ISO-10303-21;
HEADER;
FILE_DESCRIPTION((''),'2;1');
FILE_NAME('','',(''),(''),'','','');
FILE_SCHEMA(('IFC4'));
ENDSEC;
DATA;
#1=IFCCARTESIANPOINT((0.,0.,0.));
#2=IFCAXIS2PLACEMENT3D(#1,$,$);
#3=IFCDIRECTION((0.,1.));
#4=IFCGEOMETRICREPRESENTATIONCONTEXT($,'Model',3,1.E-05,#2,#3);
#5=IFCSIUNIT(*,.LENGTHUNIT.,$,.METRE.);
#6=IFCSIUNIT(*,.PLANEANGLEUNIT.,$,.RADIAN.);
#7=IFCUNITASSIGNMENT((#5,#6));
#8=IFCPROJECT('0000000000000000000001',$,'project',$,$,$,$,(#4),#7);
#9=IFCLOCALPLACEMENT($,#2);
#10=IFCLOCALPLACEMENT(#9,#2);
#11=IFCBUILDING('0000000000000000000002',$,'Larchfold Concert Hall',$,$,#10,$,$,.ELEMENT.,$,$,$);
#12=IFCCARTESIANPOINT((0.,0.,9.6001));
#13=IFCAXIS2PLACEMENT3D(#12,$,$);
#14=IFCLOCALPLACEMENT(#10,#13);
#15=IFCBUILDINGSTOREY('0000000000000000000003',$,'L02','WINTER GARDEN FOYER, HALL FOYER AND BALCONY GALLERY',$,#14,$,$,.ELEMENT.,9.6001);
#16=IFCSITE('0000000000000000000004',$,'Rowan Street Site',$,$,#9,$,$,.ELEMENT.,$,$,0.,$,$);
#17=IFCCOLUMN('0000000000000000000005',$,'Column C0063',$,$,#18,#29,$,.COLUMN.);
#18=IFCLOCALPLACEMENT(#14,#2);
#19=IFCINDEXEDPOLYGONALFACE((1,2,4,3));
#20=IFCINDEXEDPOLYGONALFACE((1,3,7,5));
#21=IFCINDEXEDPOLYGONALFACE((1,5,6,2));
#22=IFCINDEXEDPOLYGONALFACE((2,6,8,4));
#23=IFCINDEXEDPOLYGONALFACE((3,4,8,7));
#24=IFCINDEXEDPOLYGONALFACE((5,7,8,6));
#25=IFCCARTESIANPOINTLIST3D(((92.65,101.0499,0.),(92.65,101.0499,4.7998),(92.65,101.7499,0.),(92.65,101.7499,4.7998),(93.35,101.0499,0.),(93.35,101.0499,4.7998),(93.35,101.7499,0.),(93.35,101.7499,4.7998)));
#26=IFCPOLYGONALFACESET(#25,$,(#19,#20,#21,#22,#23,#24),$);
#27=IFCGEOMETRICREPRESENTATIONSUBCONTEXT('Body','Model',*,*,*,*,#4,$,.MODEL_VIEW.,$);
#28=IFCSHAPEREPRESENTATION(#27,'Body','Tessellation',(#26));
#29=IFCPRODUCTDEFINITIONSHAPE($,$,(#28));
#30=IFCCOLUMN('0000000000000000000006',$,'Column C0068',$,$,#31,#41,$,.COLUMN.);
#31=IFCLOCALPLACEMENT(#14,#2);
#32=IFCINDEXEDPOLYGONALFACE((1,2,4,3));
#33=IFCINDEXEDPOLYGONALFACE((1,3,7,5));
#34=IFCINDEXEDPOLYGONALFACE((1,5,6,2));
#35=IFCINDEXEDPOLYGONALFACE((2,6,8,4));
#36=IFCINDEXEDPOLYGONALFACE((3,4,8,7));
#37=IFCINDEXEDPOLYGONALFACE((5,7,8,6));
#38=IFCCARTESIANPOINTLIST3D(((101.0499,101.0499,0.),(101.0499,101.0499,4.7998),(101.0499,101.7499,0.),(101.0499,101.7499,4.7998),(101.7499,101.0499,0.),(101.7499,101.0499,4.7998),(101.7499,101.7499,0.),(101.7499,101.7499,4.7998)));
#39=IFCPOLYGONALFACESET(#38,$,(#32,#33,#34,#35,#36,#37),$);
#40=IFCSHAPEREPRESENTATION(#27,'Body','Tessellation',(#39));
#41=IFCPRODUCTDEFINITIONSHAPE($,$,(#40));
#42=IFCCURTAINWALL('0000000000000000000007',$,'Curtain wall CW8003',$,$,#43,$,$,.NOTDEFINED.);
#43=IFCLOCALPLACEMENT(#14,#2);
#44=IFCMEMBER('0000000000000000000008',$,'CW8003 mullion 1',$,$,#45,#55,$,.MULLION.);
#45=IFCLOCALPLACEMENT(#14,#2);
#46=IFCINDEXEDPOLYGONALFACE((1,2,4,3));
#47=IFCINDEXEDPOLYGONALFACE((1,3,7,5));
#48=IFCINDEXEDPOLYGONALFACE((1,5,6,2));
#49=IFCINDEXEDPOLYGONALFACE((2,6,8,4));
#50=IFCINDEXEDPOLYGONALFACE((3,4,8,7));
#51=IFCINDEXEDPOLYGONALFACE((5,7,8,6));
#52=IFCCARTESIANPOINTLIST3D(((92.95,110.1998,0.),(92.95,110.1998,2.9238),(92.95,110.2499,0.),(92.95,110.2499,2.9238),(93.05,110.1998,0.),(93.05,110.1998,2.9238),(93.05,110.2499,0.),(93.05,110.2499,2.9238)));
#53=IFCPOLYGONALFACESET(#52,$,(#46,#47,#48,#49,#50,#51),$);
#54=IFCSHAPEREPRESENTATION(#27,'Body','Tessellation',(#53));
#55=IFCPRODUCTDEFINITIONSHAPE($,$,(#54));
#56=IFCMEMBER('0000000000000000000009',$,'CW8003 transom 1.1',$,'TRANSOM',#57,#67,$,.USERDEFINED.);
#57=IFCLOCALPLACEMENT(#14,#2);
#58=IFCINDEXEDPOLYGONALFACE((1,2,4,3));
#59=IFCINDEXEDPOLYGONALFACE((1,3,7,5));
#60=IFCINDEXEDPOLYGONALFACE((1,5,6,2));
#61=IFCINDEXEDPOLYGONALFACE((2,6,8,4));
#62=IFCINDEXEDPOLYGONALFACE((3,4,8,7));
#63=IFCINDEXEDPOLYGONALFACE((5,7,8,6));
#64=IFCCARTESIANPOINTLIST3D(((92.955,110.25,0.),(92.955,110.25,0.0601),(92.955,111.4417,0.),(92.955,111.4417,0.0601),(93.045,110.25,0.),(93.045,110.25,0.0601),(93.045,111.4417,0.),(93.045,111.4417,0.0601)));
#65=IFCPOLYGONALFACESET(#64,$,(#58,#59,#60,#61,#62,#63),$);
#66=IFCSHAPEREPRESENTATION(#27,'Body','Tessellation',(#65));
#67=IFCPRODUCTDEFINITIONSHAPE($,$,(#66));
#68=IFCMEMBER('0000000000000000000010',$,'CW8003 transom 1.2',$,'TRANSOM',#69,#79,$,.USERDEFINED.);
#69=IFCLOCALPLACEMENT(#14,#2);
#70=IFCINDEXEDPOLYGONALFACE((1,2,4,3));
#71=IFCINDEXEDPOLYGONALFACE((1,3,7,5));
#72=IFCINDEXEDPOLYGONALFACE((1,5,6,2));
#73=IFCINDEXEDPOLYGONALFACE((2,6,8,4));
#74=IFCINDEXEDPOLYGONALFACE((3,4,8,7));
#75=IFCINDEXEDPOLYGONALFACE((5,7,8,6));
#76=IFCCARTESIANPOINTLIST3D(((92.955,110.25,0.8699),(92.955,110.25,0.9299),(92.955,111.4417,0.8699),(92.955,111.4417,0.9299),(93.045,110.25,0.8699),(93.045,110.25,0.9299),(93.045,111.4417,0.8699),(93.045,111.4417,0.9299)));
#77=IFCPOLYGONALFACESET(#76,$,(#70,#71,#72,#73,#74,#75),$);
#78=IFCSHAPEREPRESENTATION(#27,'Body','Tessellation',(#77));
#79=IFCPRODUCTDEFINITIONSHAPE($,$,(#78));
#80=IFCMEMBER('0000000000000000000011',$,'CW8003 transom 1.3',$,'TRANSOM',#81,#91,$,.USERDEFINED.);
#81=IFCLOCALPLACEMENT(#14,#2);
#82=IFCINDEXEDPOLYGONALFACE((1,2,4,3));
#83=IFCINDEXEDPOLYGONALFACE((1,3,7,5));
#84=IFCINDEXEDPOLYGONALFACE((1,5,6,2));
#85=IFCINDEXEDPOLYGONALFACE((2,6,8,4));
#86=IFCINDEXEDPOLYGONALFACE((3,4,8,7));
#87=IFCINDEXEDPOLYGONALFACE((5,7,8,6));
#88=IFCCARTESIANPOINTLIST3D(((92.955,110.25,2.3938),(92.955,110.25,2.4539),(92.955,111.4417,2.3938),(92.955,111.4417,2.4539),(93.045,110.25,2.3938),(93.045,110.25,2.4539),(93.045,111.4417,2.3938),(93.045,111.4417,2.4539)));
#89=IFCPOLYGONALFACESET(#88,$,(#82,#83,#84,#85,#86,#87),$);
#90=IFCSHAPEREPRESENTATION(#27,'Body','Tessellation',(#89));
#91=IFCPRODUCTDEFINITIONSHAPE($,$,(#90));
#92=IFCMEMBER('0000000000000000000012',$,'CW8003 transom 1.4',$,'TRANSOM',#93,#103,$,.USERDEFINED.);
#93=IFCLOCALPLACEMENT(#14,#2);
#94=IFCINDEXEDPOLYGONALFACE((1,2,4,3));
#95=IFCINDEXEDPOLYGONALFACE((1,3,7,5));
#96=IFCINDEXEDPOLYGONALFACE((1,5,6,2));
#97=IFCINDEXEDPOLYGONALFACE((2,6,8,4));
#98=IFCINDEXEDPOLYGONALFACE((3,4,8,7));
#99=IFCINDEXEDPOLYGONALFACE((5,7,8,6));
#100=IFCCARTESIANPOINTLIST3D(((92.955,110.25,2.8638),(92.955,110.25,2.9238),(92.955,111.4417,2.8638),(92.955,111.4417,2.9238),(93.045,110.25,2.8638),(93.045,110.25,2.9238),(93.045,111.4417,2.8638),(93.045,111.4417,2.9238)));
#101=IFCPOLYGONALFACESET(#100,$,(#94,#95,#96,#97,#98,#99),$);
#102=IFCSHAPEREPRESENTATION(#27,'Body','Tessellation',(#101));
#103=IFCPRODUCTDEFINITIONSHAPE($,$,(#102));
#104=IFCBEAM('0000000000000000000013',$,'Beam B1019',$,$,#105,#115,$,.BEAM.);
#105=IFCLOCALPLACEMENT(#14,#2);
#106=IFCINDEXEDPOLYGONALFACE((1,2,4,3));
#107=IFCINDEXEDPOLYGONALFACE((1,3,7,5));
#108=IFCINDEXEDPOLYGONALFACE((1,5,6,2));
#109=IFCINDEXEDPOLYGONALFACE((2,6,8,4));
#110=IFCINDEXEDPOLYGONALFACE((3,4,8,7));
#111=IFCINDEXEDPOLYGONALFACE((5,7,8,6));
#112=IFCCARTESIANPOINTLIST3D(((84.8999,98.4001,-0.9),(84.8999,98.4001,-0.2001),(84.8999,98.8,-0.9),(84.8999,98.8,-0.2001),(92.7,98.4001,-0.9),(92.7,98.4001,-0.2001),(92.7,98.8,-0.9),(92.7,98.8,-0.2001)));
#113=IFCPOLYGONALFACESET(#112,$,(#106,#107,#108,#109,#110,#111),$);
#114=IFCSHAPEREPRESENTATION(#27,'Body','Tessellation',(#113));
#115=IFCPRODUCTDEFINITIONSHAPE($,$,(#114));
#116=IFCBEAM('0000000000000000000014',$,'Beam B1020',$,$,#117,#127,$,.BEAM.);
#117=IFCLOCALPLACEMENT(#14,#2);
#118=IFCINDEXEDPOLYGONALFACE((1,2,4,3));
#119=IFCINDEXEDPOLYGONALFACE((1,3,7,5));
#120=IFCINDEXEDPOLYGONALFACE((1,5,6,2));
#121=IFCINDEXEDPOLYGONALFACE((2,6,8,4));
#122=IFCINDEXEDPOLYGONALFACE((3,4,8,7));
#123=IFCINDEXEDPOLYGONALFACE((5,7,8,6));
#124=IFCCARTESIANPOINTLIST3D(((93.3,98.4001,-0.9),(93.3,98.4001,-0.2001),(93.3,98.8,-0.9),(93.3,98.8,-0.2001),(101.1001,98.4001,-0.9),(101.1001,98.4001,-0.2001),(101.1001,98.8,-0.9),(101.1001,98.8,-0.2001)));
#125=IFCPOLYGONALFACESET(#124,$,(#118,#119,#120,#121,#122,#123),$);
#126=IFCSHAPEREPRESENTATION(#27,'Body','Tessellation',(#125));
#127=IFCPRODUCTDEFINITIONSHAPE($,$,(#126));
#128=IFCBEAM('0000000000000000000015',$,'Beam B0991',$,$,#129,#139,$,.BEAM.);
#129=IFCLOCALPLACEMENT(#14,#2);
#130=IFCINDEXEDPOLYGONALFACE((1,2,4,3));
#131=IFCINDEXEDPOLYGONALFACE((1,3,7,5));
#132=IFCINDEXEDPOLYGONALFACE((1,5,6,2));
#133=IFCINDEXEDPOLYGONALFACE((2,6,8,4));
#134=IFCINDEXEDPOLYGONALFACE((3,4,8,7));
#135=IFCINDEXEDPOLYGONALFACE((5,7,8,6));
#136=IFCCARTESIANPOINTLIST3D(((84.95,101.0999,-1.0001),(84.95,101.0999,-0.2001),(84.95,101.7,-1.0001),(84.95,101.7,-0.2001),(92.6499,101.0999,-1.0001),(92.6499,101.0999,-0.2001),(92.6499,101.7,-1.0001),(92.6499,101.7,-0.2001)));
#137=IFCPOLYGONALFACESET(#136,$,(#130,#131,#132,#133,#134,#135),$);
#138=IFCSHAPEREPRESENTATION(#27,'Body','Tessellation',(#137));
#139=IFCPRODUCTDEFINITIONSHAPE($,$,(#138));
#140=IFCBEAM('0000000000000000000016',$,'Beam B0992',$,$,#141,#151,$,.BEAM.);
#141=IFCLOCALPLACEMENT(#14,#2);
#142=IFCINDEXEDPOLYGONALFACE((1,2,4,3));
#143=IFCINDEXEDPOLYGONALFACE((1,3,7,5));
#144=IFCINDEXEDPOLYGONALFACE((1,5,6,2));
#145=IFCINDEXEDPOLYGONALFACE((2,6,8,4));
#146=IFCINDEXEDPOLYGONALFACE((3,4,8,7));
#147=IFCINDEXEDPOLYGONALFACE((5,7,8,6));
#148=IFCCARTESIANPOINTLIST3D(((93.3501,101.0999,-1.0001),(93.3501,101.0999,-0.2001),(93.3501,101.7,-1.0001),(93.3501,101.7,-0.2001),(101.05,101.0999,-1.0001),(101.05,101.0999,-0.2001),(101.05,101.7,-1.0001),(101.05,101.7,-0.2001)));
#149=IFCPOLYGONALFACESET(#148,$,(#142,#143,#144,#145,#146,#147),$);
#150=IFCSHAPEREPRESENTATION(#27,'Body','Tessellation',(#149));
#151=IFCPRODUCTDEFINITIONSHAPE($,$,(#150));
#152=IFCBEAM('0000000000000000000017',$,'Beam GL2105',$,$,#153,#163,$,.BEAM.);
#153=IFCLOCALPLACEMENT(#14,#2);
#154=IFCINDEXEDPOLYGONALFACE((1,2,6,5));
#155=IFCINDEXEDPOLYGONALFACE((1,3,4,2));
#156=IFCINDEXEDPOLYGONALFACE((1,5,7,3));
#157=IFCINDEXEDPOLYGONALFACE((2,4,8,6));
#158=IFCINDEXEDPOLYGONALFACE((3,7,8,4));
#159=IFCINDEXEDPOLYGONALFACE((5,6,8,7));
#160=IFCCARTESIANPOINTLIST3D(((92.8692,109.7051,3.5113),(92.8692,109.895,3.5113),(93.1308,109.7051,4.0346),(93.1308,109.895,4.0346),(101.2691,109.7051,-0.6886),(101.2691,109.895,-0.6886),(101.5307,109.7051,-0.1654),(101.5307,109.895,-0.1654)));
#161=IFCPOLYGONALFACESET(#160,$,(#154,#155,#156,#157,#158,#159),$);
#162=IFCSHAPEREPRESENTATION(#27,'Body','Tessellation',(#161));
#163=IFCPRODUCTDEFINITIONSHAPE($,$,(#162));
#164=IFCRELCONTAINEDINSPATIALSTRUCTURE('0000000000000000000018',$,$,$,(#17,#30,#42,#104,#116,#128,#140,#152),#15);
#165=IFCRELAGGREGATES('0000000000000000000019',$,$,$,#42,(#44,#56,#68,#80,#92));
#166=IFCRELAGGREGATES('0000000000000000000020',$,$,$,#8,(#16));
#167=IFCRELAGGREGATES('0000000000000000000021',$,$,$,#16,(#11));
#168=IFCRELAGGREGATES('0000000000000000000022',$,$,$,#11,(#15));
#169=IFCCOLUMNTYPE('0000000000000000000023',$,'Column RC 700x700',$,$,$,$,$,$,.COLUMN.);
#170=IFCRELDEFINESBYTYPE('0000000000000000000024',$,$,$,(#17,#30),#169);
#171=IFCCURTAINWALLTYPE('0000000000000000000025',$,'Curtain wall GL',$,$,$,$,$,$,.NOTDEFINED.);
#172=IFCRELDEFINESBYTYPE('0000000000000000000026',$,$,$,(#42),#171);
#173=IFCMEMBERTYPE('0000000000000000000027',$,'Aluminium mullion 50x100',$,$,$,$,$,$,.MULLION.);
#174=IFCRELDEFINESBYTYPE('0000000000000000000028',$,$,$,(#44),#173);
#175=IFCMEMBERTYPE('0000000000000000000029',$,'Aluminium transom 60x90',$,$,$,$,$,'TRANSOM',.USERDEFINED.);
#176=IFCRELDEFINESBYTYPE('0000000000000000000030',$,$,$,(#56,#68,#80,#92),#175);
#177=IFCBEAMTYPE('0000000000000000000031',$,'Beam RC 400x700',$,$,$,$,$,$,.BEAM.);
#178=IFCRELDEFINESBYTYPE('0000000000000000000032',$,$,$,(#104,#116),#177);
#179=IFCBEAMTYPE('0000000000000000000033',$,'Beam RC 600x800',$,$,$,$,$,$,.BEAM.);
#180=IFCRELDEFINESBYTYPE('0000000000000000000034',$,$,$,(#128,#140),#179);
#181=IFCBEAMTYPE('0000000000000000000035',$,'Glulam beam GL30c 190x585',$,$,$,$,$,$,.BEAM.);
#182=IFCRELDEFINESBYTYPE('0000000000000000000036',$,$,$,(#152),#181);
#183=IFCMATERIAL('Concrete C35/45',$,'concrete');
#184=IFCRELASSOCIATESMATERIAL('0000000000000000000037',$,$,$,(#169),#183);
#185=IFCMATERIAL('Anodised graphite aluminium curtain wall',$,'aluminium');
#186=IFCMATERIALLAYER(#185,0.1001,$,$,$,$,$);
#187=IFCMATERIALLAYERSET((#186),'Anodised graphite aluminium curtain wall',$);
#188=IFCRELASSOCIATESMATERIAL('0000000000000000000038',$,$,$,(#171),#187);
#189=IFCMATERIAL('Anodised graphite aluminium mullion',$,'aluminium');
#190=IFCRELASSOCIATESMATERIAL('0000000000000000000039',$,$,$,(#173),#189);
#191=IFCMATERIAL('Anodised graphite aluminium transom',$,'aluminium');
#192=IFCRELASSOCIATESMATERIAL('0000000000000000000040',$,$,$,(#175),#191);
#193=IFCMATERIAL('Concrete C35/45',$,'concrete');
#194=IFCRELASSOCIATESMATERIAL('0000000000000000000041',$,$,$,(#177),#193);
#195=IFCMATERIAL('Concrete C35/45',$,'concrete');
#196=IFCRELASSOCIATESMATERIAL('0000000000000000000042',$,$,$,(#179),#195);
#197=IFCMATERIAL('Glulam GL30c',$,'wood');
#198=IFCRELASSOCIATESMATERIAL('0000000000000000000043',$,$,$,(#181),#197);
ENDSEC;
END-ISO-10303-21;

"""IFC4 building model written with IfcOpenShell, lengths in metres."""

from ifc_helpers import new_model, si_unit, direction, frame, origin, origin_2d, place, context, subcontext, project, spatial, rectangle, extrude, material, layer, layer_set, material_profile, profile_set, type_object, element, aggregate, save


model = new_model("IFC4")

# Units and contexts
model_context = context("Model", 3, precision=1e-05, world=origin(), true_north=direction((0.0, 1.0)))
body_context = subcontext(model_context, "Body", "Model", "MODEL_VIEW")
ifc_project = project(units=[si_unit("LENGTHUNIT", "METRE"), si_unit("PLANEANGLEUNIT", "RADIAN")], contexts=[model_context])

# Site, building, storey
site_placement = place(None, origin())
site = spatial("IfcSite", under=ifc_project, at=site_placement, Name="Rowan Street Site", CompositionType="ELEMENT", RefElevation=0.0)
building_placement = place(site_placement, origin())
building = spatial("IfcBuilding", under=site, at=building_placement, Name="Larchfold Concert Hall", CompositionType="ELEMENT")
storey_placement = place(building_placement, frame((0.0, 0.0, 9.6001)))
storey = spatial("IfcBuildingStorey", under=building, at=storey_placement, Name="L02", Description="WINTER GARDEN FOYER, HALL FOYER AND BALCONY GALLERY", CompositionType="ELEMENT", Elevation=9.6001)

# Columns
ifc_material_1 = material(Name="Concrete C35/45", Category="concrete")
ifc_material_profile_1 = material_profile(ifc_material_1, rectangle(XDim=0.7, YDim=0.7, at=origin_2d()))
ifc_profile_set_1 = profile_set([ifc_material_profile_1], Name="Concrete C35/45")
column_type = type_object("IfcColumnType", Name="Column RC 700x700", PredefinedType="COLUMN", material=ifc_profile_set_1)
for number, where, z_axis, x_axis, name in (
    (1, (93.0, 101.3999, 0.0), (0.0, 0.0, 1.0), (1.0, 0.0, 0.0), "Column C0063"),
    (2, (101.3999, 101.3999, 0.0), (0.0, 0.0, 1.0), (1.0, 0.0, 0.0), "Column C0068"),
):
    element("IfcColumn", number, at=place(storey_placement, frame(where, z_axis=z_axis, x_axis=x_axis)), inside=storey, type_object=column_type, Name=name, PredefinedType="COLUMN", context=body_context, shape_type="SweptSolid", body=[
        extrude(rectangle(XDim=0.7, YDim=0.7, at=origin_2d()), origin(), (0.0, 0.0, 1.0), 4.7998),
    ])

# Curtain wall, members
ifc_material_2 = material(Name="Anodised graphite aluminium curtain wall", Category="aluminium")
ifc_layer_1 = layer(ifc_material_2, 0.1001)
ifc_layer_set_1 = layer_set([ifc_layer_1], Name="Anodised graphite aluminium curtain wall")
curtain_wall_type = type_object("IfcCurtainWallType", Name="Curtain wall GL", PredefinedType="NOTDEFINED", material=ifc_layer_set_1)
curtain_wall_placement = place(storey_placement, origin())
curtain_wall = element("IfcCurtainWall", 3, at=curtain_wall_placement, inside=storey, type_object=curtain_wall_type, Name="Curtain wall CW8003", PredefinedType="NOTDEFINED")
ifc_material_3 = material(Name="Anodised graphite aluminium mullion", Category="aluminium")
ifc_material_profile_2 = material_profile(ifc_material_3, rectangle(XDim=0.1001, YDim=0.05, at=origin_2d()))
ifc_profile_set_2 = profile_set([ifc_material_profile_2], Name="Anodised graphite aluminium mullion")
member_type_1 = type_object("IfcMemberType", Name="Aluminium mullion 50x100", PredefinedType="MULLION", material=ifc_profile_set_2)
member_1_placement = place(storey_placement, frame((93.0, 110.2249, 0.0), z_axis=(0.0, 0.0, 1.0), x_axis=(-1.0, 0.0, 0.0)))
member_1 = element("IfcMember", 4, at=member_1_placement, type_object=member_type_1, Name="CW8003 mullion 1", PredefinedType="MULLION", context=body_context, shape_type="SweptSolid", body=[
    extrude(rectangle(XDim=0.1001, YDim=0.05, at=origin_2d()), origin(), (0.0, 0.0, 1.0), 2.9238),
])
ifc_material_4 = material(Name="Anodised graphite aluminium transom", Category="aluminium")
ifc_material_profile_3 = material_profile(ifc_material_4, rectangle(XDim=0.0901, YDim=0.0601, at=origin_2d()))
ifc_profile_set_3 = profile_set([ifc_material_profile_3], Name="Anodised graphite aluminium transom")
member_type_2 = type_object("IfcMemberType", Name="Aluminium transom 60x90", ElementType="TRANSOM", PredefinedType="USERDEFINED", material=ifc_profile_set_3)
member_2_placement = place(storey_placement, frame((93.0, 110.25, 0.03), z_axis=(0.0, 1.0, 0.0), x_axis=(-1.0, 0.0, 0.0)))
member_2 = element("IfcMember", 5, at=member_2_placement, type_object=member_type_2, Name="CW8003 transom 1.1", ObjectType="TRANSOM", PredefinedType="USERDEFINED", context=body_context, shape_type="SweptSolid", body=[
    extrude(rectangle(XDim=0.0901, YDim=0.0601, at=origin_2d()), origin(), (0.0, 0.0, 1.0), 1.1917),
])
member_3_placement = place(storey_placement, frame((93.0, 110.25, 0.8999), z_axis=(0.0, 1.0, 0.0), x_axis=(-1.0, 0.0, 0.0)))
member_3 = element("IfcMember", 6, at=member_3_placement, type_object=member_type_2, Name="CW8003 transom 1.2", ObjectType="TRANSOM", PredefinedType="USERDEFINED", context=body_context, shape_type="SweptSolid", body=[
    extrude(rectangle(XDim=0.0901, YDim=0.0601, at=origin_2d()), origin(), (0.0, 0.0, 1.0), 1.1917),
])
member_4_placement = place(storey_placement, frame((93.0, 110.25, 2.4238), z_axis=(0.0, 1.0, 0.0), x_axis=(-1.0, 0.0, 0.0)))
member_4 = element("IfcMember", 7, at=member_4_placement, type_object=member_type_2, Name="CW8003 transom 1.3", ObjectType="TRANSOM", PredefinedType="USERDEFINED", context=body_context, shape_type="SweptSolid", body=[
    extrude(rectangle(XDim=0.0901, YDim=0.0601, at=origin_2d()), origin(), (0.0, 0.0, 1.0), 1.1917),
])
member_5_placement = place(storey_placement, frame((93.0, 110.25, 2.8938), z_axis=(0.0, 1.0, 0.0), x_axis=(-1.0, 0.0, 0.0)))
member_5 = element("IfcMember", 8, at=member_5_placement, type_object=member_type_2, Name="CW8003 transom 1.4", ObjectType="TRANSOM", PredefinedType="USERDEFINED", context=body_context, shape_type="SweptSolid", body=[
    extrude(rectangle(XDim=0.0901, YDim=0.0601, at=origin_2d()), origin(), (0.0, 0.0, 1.0), 1.1917),
])

# Beams
ifc_material_5 = material(Name="Concrete C35/45", Category="concrete")
ifc_material_profile_4 = material_profile(ifc_material_5, rectangle(XDim=0.3999, YDim=0.7, at=origin_2d()))
ifc_profile_set_4 = profile_set([ifc_material_profile_4], Name="Concrete C35/45")
beam_type_1 = type_object("IfcBeamType", Name="Beam RC 400x700", PredefinedType="BEAM", material=ifc_profile_set_4)
for number, where, z_axis, x_axis, name in (
    (9, (84.8999, 98.6001, -0.55), (1.0, 0.0, 0.0), (0.0, 1.0, 0.0), "Beam B1019"),
    (10, (93.3, 98.6001, -0.55), (1.0, 0.0, 0.0), (0.0, 1.0, 0.0), "Beam B1020"),
):
    element("IfcBeam", number, at=place(storey_placement, frame(where, z_axis=z_axis, x_axis=x_axis)), inside=storey, type_object=beam_type_1, Name=name, PredefinedType="BEAM", context=body_context, shape_type="SweptSolid", body=[
        extrude(rectangle(XDim=0.3999, YDim=0.7, at=origin_2d()), origin(), (0.0, 0.0, 1.0), 7.8),
    ])
ifc_material_6 = material(Name="Concrete C35/45", Category="concrete")
ifc_material_profile_5 = material_profile(ifc_material_6, rectangle(XDim=0.6001, YDim=0.8, at=origin_2d()))
ifc_profile_set_5 = profile_set([ifc_material_profile_5], Name="Concrete C35/45")
beam_type_2 = type_object("IfcBeamType", Name="Beam RC 600x800", PredefinedType="BEAM", material=ifc_profile_set_5)
for number, where, z_axis, x_axis, name in (
    (11, (84.95, 101.3999, -0.6001), (1.0, 0.0, 0.0), (0.0, 1.0, 0.0), "Beam B0991"),
    (12, (93.3501, 101.3999, -0.6001), (1.0, 0.0, 0.0), (0.0, 1.0, 0.0), "Beam B0992"),
):
    element("IfcBeam", number, at=place(storey_placement, frame(where, z_axis=z_axis, x_axis=x_axis)), inside=storey, type_object=beam_type_2, Name=name, PredefinedType="BEAM", context=body_context, shape_type="SweptSolid", body=[
        extrude(rectangle(XDim=0.6001, YDim=0.8, at=origin_2d()), origin(), (0.0, 0.0, 1.0), 7.7),
    ])
ifc_material_7 = material(Name="Glulam GL30c", Category="wood")
ifc_material_profile_6 = material_profile(ifc_material_7, rectangle(XDim=0.1899, YDim=0.585, at=origin_2d()))
ifc_profile_set_6 = profile_set([ifc_material_profile_6], Name="Glulam GL30c")
beam_type_3 = type_object("IfcBeamType", Name="Glulam beam GL30c 190x585", PredefinedType="BEAM", material=ifc_profile_set_6)
beam_1_placement = place(storey_placement, frame((93.0, 109.8, 3.7729), z_axis=(0.894427, 0.0, -0.447214), x_axis=(0.0, 1.0, 0.0)))
element("IfcBeam", 13, at=beam_1_placement, inside=storey, type_object=beam_type_3, Name="Beam GL2105", PredefinedType="BEAM", context=body_context, shape_type="SweptSolid", body=[
    extrude(rectangle(XDim=0.1899, YDim=0.585, at=origin_2d()), origin(), (0.0, 0.0, 1.0), 9.3914),
])

aggregate(curtain_wall, [member_1, member_2, member_3, member_4, member_5])

save(model, "model.ifc")
